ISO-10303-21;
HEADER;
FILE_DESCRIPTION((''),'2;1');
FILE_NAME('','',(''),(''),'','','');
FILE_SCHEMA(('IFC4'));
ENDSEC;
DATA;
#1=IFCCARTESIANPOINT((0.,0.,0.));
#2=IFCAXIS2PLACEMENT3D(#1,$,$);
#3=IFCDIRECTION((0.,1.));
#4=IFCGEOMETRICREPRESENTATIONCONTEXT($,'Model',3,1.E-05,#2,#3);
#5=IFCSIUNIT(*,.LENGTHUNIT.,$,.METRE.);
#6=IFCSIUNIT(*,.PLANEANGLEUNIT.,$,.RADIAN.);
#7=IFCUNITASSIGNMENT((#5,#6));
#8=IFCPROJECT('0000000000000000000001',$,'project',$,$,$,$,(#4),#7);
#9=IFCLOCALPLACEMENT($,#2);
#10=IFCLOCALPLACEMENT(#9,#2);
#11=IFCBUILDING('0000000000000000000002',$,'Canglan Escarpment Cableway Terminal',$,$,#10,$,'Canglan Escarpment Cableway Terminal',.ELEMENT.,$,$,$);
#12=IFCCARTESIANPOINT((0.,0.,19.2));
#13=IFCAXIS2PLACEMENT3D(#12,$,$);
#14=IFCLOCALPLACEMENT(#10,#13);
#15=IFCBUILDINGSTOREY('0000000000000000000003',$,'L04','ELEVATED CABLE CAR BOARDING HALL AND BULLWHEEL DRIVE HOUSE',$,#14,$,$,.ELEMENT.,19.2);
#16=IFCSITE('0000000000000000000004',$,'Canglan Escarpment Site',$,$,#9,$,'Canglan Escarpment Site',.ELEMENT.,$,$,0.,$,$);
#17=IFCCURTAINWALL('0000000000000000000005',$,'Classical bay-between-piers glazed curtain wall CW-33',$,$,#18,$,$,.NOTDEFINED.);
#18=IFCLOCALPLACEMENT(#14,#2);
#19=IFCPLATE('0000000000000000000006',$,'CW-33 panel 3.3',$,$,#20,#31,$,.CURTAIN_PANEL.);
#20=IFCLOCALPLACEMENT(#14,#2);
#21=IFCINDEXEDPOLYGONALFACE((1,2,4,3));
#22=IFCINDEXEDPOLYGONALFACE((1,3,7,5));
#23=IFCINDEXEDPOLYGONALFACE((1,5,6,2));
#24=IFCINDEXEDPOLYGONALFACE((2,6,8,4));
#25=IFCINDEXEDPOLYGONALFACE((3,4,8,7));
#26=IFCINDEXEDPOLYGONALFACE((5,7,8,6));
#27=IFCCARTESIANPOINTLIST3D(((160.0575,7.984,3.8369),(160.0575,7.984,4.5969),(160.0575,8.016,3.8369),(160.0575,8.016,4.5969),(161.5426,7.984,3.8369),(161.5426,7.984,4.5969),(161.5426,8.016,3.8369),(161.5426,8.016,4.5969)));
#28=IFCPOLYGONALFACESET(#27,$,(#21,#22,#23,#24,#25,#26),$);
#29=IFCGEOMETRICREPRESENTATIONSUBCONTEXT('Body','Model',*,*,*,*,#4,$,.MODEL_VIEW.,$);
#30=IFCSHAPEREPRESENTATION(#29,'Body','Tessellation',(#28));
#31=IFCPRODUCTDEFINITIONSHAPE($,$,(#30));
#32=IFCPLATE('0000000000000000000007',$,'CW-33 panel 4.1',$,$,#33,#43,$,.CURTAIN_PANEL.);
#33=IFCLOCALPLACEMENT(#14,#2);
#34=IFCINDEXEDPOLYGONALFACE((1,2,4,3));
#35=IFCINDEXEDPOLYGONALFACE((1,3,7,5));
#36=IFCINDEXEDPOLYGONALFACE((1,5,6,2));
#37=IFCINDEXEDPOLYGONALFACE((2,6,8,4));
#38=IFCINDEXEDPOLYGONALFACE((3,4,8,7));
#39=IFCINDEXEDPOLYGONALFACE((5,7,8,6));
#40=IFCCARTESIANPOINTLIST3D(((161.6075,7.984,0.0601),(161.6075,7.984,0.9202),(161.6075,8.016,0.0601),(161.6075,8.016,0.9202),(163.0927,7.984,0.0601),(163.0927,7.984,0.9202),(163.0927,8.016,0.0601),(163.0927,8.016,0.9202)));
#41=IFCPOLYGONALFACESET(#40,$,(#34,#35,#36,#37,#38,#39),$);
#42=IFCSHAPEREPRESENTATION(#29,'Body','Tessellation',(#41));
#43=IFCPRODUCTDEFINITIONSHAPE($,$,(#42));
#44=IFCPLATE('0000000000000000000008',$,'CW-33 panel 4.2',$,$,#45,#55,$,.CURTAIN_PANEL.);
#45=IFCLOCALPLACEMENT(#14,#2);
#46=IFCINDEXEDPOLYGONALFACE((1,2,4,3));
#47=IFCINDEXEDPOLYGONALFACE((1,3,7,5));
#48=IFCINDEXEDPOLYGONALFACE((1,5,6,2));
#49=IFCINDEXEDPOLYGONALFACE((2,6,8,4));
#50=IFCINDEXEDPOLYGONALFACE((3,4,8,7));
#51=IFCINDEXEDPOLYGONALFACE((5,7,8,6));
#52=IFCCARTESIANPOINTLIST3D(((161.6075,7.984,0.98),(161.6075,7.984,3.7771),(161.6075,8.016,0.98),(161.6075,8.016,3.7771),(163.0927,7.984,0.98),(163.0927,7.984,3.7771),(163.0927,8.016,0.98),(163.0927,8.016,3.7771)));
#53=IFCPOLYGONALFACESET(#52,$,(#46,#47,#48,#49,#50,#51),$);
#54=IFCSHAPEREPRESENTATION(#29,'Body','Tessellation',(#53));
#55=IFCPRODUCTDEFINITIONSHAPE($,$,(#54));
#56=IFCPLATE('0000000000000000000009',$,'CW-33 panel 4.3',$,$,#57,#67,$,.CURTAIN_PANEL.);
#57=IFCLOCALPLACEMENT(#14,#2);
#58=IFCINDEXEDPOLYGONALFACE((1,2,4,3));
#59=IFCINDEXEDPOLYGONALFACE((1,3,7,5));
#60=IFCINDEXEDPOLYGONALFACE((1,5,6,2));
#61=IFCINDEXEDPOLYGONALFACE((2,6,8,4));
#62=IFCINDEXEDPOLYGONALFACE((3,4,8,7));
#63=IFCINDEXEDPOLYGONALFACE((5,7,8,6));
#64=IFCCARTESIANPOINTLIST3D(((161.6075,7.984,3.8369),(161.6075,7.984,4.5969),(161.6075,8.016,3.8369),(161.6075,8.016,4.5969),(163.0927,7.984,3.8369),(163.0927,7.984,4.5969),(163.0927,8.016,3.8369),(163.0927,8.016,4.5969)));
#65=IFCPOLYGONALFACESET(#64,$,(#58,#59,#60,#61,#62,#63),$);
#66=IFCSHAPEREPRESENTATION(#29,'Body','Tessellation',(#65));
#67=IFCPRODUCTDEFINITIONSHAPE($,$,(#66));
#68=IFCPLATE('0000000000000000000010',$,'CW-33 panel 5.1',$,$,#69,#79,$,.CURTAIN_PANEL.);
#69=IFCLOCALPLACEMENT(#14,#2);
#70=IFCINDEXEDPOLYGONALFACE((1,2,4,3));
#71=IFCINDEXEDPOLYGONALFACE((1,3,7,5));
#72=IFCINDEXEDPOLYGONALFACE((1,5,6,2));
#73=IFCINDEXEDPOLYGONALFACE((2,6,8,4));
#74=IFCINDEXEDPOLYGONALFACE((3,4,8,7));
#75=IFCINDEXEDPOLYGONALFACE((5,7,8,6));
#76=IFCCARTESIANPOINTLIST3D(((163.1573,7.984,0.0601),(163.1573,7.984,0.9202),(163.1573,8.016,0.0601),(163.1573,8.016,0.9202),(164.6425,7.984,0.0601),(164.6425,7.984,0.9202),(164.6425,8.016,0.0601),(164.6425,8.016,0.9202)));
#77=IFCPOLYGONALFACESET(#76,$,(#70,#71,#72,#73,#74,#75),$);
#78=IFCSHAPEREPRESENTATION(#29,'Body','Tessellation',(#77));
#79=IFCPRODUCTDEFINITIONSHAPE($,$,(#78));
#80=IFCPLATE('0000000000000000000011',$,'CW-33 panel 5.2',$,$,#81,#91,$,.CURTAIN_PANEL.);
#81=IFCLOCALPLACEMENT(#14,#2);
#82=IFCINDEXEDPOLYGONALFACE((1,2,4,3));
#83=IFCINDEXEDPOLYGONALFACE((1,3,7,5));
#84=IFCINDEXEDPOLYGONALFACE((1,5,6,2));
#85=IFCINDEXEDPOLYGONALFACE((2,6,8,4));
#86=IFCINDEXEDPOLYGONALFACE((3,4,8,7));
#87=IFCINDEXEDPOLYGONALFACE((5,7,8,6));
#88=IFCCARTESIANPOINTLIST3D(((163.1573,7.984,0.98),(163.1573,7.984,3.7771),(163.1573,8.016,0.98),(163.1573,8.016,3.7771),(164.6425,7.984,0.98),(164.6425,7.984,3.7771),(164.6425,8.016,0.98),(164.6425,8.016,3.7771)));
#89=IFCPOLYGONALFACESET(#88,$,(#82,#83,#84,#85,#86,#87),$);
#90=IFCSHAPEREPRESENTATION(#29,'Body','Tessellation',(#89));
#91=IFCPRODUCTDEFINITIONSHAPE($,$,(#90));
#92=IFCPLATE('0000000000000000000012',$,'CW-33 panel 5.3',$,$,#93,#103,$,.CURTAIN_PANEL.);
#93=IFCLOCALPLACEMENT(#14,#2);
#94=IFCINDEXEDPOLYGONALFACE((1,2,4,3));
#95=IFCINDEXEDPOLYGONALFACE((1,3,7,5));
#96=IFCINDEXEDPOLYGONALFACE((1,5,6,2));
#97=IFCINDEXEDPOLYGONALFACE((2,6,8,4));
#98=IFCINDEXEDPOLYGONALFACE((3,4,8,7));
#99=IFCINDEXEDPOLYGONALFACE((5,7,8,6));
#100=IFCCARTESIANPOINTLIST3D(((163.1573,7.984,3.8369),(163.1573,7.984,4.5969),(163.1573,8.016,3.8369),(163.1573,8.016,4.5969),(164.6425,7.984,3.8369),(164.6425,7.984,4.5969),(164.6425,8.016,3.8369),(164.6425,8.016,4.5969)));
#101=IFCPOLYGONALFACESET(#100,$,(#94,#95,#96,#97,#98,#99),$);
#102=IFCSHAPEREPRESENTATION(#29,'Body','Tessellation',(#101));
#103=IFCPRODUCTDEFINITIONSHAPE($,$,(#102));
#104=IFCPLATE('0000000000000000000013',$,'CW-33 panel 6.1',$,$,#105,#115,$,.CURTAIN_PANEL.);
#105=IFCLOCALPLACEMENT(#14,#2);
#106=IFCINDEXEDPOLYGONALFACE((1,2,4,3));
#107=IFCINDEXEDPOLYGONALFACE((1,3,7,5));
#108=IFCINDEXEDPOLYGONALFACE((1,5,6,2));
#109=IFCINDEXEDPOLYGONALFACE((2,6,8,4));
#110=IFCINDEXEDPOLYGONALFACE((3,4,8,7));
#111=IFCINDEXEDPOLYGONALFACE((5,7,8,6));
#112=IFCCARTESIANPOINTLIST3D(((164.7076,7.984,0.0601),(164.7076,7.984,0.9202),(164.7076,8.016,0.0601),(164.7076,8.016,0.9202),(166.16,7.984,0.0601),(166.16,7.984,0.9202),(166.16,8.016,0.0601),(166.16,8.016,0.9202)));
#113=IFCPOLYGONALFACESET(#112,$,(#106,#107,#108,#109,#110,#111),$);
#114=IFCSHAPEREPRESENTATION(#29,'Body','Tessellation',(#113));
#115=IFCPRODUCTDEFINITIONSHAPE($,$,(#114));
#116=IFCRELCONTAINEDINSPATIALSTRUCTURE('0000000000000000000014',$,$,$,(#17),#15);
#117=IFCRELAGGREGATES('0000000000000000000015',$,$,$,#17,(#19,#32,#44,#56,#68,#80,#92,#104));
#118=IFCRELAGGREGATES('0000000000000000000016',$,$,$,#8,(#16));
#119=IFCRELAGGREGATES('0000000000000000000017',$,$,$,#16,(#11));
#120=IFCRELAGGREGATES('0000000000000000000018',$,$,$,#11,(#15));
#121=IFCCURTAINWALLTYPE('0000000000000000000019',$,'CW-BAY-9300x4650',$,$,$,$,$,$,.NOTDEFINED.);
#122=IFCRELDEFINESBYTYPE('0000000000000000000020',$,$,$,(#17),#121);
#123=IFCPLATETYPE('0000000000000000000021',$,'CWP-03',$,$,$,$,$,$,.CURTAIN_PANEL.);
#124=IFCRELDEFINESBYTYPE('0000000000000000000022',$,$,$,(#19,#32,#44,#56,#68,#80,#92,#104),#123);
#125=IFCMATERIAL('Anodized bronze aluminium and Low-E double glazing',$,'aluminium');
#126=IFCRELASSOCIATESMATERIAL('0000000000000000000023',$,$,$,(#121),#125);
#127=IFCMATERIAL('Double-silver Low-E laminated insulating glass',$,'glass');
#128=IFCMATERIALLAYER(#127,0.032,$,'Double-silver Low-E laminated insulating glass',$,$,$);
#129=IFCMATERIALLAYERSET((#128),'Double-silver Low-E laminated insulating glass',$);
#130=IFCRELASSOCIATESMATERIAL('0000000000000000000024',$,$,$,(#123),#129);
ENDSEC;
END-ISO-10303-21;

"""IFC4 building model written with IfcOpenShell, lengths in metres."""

from ifc_helpers import new_model, si_unit, direction, frame, origin, origin_2d, place, context, subcontext, project, spatial, rectangle, extrude, material, layer, layer_set, type_object, element, aggregate, save


model = new_model("IFC4")

# Units and contexts
model_context = context("Model", 3, precision=1e-05, world=origin(), true_north=direction((0.0, 1.0)))
body_context = subcontext(model_context, "Body", "Model", "MODEL_VIEW")
ifc_project = project(units=[si_unit("LENGTHUNIT", "METRE"), si_unit("PLANEANGLEUNIT", "RADIAN")], contexts=[model_context])

# Site, building, storey
site_placement = place(None, origin())
site = spatial("IfcSite", under=ifc_project, at=site_placement, Name="Canglan Escarpment Site", LongName="Canglan Escarpment Site", CompositionType="ELEMENT", RefElevation=0.0)
building_placement = place(site_placement, origin())
building = spatial("IfcBuilding", under=site, at=building_placement, Name="Canglan Escarpment Cableway Terminal", LongName="Canglan Escarpment Cableway Terminal", CompositionType="ELEMENT")
storey_placement = place(building_placement, frame((0.0, 0.0, 19.2)))
storey = spatial("IfcBuildingStorey", under=building, at=storey_placement, Name="L04", Description="ELEVATED CABLE CAR BOARDING HALL AND BULLWHEEL DRIVE HOUSE", CompositionType="ELEMENT", Elevation=19.2)

# Curtain wall, plates
ifc_material_1 = material(Name="Anodized bronze aluminium and Low-E double glazing", Category="aluminium")
curtain_wall_type = type_object("IfcCurtainWallType", Name="CW-BAY-9300x4650", PredefinedType="NOTDEFINED", material=ifc_material_1)
curtain_wall_placement = place(storey_placement, origin())
curtain_wall = element("IfcCurtainWall", 1, at=curtain_wall_placement, inside=storey, type_object=curtain_wall_type, Name="Classical bay-between-piers glazed curtain wall CW-33", PredefinedType="NOTDEFINED")
ifc_material_2 = material(Name="Double-silver Low-E laminated insulating glass", Category="glass")
ifc_layer = layer(ifc_material_2, 0.032, Name="Double-silver Low-E laminated insulating glass")
ifc_layer_set = layer_set([ifc_layer], Name="Double-silver Low-E laminated insulating glass")
plate_type = type_object("IfcPlateType", Name="CWP-03", PredefinedType="CURTAIN_PANEL", material=ifc_layer_set)
plate_1_placement = place(storey_placement, frame((160.8, 8.0, 3.8369), z_axis=(0.0, 0.0, 1.0), x_axis=(1.0, 0.0, 0.0)))
plate_1 = element("IfcPlate", 2, at=plate_1_placement, type_object=plate_type, Name="CW-33 panel 3.3", PredefinedType="CURTAIN_PANEL", context=body_context, shape_type="SweptSolid", body=[
    extrude(rectangle(XDim=1.4851, YDim=0.032, at=origin_2d()), origin(), (0.0, 0.0, 1.0), 0.76),
])
plate_2_placement = place(storey_placement, frame((162.3501, 8.0, 0.0601), z_axis=(0.0, 0.0, 1.0), x_axis=(1.0, 0.0, 0.0)))
plate_2 = element("IfcPlate", 3, at=plate_2_placement, type_object=plate_type, Name="CW-33 panel 4.1", PredefinedType="CURTAIN_PANEL", context=body_context, shape_type="SweptSolid", body=[
    extrude(rectangle(XDim=1.4851, YDim=0.032, at=origin_2d()), origin(), (0.0, 0.0, 1.0), 0.8601),
])
plate_3_placement = place(storey_placement, frame((162.3501, 8.0, 0.98), z_axis=(0.0, 0.0, 1.0), x_axis=(1.0, 0.0, 0.0)))
plate_3 = element("IfcPlate", 4, at=plate_3_placement, type_object=plate_type, Name="CW-33 panel 4.2", PredefinedType="CURTAIN_PANEL", context=body_context, shape_type="SweptSolid", body=[
    extrude(rectangle(XDim=1.4851, YDim=0.032, at=origin_2d()), origin(), (0.0, 0.0, 1.0), 2.7971),
])
plate_4_placement = place(storey_placement, frame((162.3501, 8.0, 3.8369), z_axis=(0.0, 0.0, 1.0), x_axis=(1.0, 0.0, 0.0)))
plate_4 = element("IfcPlate", 5, at=plate_4_placement, type_object=plate_type, Name="CW-33 panel 4.3", PredefinedType="CURTAIN_PANEL", context=body_context, shape_type="SweptSolid", body=[
    extrude(rectangle(XDim=1.4851, YDim=0.032, at=origin_2d()), origin(), (0.0, 0.0, 1.0), 0.76),
])
plate_5_placement = place(storey_placement, frame((163.8999, 8.0, 0.0601), z_axis=(0.0, 0.0, 1.0), x_axis=(1.0, 0.0, 0.0)))
plate_5 = element("IfcPlate", 6, at=plate_5_placement, type_object=plate_type, Name="CW-33 panel 5.1", PredefinedType="CURTAIN_PANEL", context=body_context, shape_type="SweptSolid", body=[
    extrude(rectangle(XDim=1.4851, YDim=0.032, at=origin_2d()), origin(), (0.0, 0.0, 1.0), 0.8601),
])
plate_6_placement = place(storey_placement, frame((163.8999, 8.0, 0.98), z_axis=(0.0, 0.0, 1.0), x_axis=(1.0, 0.0, 0.0)))
plate_6 = element("IfcPlate", 7, at=plate_6_placement, type_object=plate_type, Name="CW-33 panel 5.2", PredefinedType="CURTAIN_PANEL", context=body_context, shape_type="SweptSolid", body=[
    extrude(rectangle(XDim=1.4851, YDim=0.032, at=origin_2d()), origin(), (0.0, 0.0, 1.0), 2.7971),
])
plate_7_placement = place(storey_placement, frame((163.8999, 8.0, 3.8369), z_axis=(0.0, 0.0, 1.0), x_axis=(1.0, 0.0, 0.0)))
plate_7 = element("IfcPlate", 8, at=plate_7_placement, type_object=plate_type, Name="CW-33 panel 5.3", PredefinedType="CURTAIN_PANEL", context=body_context, shape_type="SweptSolid", body=[
    extrude(rectangle(XDim=1.4851, YDim=0.032, at=origin_2d()), origin(), (0.0, 0.0, 1.0), 0.76),
])
plate_8_placement = place(storey_placement, frame((165.4338, 8.0, 0.0601), z_axis=(0.0, 0.0, 1.0), x_axis=(1.0, 0.0, 0.0)))
plate_8 = element("IfcPlate", 9, at=plate_8_placement, type_object=plate_type, Name="CW-33 panel 6.1", PredefinedType="CURTAIN_PANEL", context=body_context, shape_type="SweptSolid", body=[
    extrude(rectangle(XDim=1.4524, YDim=0.032, at=origin_2d()), origin(), (0.0, 0.0, 1.0), 0.8601),
])
aggregate(curtain_wall, [plate_1, plate_2, plate_3, plate_4, plate_5, plate_6, plate_7, plate_8])

save(model, "model.ifc")
